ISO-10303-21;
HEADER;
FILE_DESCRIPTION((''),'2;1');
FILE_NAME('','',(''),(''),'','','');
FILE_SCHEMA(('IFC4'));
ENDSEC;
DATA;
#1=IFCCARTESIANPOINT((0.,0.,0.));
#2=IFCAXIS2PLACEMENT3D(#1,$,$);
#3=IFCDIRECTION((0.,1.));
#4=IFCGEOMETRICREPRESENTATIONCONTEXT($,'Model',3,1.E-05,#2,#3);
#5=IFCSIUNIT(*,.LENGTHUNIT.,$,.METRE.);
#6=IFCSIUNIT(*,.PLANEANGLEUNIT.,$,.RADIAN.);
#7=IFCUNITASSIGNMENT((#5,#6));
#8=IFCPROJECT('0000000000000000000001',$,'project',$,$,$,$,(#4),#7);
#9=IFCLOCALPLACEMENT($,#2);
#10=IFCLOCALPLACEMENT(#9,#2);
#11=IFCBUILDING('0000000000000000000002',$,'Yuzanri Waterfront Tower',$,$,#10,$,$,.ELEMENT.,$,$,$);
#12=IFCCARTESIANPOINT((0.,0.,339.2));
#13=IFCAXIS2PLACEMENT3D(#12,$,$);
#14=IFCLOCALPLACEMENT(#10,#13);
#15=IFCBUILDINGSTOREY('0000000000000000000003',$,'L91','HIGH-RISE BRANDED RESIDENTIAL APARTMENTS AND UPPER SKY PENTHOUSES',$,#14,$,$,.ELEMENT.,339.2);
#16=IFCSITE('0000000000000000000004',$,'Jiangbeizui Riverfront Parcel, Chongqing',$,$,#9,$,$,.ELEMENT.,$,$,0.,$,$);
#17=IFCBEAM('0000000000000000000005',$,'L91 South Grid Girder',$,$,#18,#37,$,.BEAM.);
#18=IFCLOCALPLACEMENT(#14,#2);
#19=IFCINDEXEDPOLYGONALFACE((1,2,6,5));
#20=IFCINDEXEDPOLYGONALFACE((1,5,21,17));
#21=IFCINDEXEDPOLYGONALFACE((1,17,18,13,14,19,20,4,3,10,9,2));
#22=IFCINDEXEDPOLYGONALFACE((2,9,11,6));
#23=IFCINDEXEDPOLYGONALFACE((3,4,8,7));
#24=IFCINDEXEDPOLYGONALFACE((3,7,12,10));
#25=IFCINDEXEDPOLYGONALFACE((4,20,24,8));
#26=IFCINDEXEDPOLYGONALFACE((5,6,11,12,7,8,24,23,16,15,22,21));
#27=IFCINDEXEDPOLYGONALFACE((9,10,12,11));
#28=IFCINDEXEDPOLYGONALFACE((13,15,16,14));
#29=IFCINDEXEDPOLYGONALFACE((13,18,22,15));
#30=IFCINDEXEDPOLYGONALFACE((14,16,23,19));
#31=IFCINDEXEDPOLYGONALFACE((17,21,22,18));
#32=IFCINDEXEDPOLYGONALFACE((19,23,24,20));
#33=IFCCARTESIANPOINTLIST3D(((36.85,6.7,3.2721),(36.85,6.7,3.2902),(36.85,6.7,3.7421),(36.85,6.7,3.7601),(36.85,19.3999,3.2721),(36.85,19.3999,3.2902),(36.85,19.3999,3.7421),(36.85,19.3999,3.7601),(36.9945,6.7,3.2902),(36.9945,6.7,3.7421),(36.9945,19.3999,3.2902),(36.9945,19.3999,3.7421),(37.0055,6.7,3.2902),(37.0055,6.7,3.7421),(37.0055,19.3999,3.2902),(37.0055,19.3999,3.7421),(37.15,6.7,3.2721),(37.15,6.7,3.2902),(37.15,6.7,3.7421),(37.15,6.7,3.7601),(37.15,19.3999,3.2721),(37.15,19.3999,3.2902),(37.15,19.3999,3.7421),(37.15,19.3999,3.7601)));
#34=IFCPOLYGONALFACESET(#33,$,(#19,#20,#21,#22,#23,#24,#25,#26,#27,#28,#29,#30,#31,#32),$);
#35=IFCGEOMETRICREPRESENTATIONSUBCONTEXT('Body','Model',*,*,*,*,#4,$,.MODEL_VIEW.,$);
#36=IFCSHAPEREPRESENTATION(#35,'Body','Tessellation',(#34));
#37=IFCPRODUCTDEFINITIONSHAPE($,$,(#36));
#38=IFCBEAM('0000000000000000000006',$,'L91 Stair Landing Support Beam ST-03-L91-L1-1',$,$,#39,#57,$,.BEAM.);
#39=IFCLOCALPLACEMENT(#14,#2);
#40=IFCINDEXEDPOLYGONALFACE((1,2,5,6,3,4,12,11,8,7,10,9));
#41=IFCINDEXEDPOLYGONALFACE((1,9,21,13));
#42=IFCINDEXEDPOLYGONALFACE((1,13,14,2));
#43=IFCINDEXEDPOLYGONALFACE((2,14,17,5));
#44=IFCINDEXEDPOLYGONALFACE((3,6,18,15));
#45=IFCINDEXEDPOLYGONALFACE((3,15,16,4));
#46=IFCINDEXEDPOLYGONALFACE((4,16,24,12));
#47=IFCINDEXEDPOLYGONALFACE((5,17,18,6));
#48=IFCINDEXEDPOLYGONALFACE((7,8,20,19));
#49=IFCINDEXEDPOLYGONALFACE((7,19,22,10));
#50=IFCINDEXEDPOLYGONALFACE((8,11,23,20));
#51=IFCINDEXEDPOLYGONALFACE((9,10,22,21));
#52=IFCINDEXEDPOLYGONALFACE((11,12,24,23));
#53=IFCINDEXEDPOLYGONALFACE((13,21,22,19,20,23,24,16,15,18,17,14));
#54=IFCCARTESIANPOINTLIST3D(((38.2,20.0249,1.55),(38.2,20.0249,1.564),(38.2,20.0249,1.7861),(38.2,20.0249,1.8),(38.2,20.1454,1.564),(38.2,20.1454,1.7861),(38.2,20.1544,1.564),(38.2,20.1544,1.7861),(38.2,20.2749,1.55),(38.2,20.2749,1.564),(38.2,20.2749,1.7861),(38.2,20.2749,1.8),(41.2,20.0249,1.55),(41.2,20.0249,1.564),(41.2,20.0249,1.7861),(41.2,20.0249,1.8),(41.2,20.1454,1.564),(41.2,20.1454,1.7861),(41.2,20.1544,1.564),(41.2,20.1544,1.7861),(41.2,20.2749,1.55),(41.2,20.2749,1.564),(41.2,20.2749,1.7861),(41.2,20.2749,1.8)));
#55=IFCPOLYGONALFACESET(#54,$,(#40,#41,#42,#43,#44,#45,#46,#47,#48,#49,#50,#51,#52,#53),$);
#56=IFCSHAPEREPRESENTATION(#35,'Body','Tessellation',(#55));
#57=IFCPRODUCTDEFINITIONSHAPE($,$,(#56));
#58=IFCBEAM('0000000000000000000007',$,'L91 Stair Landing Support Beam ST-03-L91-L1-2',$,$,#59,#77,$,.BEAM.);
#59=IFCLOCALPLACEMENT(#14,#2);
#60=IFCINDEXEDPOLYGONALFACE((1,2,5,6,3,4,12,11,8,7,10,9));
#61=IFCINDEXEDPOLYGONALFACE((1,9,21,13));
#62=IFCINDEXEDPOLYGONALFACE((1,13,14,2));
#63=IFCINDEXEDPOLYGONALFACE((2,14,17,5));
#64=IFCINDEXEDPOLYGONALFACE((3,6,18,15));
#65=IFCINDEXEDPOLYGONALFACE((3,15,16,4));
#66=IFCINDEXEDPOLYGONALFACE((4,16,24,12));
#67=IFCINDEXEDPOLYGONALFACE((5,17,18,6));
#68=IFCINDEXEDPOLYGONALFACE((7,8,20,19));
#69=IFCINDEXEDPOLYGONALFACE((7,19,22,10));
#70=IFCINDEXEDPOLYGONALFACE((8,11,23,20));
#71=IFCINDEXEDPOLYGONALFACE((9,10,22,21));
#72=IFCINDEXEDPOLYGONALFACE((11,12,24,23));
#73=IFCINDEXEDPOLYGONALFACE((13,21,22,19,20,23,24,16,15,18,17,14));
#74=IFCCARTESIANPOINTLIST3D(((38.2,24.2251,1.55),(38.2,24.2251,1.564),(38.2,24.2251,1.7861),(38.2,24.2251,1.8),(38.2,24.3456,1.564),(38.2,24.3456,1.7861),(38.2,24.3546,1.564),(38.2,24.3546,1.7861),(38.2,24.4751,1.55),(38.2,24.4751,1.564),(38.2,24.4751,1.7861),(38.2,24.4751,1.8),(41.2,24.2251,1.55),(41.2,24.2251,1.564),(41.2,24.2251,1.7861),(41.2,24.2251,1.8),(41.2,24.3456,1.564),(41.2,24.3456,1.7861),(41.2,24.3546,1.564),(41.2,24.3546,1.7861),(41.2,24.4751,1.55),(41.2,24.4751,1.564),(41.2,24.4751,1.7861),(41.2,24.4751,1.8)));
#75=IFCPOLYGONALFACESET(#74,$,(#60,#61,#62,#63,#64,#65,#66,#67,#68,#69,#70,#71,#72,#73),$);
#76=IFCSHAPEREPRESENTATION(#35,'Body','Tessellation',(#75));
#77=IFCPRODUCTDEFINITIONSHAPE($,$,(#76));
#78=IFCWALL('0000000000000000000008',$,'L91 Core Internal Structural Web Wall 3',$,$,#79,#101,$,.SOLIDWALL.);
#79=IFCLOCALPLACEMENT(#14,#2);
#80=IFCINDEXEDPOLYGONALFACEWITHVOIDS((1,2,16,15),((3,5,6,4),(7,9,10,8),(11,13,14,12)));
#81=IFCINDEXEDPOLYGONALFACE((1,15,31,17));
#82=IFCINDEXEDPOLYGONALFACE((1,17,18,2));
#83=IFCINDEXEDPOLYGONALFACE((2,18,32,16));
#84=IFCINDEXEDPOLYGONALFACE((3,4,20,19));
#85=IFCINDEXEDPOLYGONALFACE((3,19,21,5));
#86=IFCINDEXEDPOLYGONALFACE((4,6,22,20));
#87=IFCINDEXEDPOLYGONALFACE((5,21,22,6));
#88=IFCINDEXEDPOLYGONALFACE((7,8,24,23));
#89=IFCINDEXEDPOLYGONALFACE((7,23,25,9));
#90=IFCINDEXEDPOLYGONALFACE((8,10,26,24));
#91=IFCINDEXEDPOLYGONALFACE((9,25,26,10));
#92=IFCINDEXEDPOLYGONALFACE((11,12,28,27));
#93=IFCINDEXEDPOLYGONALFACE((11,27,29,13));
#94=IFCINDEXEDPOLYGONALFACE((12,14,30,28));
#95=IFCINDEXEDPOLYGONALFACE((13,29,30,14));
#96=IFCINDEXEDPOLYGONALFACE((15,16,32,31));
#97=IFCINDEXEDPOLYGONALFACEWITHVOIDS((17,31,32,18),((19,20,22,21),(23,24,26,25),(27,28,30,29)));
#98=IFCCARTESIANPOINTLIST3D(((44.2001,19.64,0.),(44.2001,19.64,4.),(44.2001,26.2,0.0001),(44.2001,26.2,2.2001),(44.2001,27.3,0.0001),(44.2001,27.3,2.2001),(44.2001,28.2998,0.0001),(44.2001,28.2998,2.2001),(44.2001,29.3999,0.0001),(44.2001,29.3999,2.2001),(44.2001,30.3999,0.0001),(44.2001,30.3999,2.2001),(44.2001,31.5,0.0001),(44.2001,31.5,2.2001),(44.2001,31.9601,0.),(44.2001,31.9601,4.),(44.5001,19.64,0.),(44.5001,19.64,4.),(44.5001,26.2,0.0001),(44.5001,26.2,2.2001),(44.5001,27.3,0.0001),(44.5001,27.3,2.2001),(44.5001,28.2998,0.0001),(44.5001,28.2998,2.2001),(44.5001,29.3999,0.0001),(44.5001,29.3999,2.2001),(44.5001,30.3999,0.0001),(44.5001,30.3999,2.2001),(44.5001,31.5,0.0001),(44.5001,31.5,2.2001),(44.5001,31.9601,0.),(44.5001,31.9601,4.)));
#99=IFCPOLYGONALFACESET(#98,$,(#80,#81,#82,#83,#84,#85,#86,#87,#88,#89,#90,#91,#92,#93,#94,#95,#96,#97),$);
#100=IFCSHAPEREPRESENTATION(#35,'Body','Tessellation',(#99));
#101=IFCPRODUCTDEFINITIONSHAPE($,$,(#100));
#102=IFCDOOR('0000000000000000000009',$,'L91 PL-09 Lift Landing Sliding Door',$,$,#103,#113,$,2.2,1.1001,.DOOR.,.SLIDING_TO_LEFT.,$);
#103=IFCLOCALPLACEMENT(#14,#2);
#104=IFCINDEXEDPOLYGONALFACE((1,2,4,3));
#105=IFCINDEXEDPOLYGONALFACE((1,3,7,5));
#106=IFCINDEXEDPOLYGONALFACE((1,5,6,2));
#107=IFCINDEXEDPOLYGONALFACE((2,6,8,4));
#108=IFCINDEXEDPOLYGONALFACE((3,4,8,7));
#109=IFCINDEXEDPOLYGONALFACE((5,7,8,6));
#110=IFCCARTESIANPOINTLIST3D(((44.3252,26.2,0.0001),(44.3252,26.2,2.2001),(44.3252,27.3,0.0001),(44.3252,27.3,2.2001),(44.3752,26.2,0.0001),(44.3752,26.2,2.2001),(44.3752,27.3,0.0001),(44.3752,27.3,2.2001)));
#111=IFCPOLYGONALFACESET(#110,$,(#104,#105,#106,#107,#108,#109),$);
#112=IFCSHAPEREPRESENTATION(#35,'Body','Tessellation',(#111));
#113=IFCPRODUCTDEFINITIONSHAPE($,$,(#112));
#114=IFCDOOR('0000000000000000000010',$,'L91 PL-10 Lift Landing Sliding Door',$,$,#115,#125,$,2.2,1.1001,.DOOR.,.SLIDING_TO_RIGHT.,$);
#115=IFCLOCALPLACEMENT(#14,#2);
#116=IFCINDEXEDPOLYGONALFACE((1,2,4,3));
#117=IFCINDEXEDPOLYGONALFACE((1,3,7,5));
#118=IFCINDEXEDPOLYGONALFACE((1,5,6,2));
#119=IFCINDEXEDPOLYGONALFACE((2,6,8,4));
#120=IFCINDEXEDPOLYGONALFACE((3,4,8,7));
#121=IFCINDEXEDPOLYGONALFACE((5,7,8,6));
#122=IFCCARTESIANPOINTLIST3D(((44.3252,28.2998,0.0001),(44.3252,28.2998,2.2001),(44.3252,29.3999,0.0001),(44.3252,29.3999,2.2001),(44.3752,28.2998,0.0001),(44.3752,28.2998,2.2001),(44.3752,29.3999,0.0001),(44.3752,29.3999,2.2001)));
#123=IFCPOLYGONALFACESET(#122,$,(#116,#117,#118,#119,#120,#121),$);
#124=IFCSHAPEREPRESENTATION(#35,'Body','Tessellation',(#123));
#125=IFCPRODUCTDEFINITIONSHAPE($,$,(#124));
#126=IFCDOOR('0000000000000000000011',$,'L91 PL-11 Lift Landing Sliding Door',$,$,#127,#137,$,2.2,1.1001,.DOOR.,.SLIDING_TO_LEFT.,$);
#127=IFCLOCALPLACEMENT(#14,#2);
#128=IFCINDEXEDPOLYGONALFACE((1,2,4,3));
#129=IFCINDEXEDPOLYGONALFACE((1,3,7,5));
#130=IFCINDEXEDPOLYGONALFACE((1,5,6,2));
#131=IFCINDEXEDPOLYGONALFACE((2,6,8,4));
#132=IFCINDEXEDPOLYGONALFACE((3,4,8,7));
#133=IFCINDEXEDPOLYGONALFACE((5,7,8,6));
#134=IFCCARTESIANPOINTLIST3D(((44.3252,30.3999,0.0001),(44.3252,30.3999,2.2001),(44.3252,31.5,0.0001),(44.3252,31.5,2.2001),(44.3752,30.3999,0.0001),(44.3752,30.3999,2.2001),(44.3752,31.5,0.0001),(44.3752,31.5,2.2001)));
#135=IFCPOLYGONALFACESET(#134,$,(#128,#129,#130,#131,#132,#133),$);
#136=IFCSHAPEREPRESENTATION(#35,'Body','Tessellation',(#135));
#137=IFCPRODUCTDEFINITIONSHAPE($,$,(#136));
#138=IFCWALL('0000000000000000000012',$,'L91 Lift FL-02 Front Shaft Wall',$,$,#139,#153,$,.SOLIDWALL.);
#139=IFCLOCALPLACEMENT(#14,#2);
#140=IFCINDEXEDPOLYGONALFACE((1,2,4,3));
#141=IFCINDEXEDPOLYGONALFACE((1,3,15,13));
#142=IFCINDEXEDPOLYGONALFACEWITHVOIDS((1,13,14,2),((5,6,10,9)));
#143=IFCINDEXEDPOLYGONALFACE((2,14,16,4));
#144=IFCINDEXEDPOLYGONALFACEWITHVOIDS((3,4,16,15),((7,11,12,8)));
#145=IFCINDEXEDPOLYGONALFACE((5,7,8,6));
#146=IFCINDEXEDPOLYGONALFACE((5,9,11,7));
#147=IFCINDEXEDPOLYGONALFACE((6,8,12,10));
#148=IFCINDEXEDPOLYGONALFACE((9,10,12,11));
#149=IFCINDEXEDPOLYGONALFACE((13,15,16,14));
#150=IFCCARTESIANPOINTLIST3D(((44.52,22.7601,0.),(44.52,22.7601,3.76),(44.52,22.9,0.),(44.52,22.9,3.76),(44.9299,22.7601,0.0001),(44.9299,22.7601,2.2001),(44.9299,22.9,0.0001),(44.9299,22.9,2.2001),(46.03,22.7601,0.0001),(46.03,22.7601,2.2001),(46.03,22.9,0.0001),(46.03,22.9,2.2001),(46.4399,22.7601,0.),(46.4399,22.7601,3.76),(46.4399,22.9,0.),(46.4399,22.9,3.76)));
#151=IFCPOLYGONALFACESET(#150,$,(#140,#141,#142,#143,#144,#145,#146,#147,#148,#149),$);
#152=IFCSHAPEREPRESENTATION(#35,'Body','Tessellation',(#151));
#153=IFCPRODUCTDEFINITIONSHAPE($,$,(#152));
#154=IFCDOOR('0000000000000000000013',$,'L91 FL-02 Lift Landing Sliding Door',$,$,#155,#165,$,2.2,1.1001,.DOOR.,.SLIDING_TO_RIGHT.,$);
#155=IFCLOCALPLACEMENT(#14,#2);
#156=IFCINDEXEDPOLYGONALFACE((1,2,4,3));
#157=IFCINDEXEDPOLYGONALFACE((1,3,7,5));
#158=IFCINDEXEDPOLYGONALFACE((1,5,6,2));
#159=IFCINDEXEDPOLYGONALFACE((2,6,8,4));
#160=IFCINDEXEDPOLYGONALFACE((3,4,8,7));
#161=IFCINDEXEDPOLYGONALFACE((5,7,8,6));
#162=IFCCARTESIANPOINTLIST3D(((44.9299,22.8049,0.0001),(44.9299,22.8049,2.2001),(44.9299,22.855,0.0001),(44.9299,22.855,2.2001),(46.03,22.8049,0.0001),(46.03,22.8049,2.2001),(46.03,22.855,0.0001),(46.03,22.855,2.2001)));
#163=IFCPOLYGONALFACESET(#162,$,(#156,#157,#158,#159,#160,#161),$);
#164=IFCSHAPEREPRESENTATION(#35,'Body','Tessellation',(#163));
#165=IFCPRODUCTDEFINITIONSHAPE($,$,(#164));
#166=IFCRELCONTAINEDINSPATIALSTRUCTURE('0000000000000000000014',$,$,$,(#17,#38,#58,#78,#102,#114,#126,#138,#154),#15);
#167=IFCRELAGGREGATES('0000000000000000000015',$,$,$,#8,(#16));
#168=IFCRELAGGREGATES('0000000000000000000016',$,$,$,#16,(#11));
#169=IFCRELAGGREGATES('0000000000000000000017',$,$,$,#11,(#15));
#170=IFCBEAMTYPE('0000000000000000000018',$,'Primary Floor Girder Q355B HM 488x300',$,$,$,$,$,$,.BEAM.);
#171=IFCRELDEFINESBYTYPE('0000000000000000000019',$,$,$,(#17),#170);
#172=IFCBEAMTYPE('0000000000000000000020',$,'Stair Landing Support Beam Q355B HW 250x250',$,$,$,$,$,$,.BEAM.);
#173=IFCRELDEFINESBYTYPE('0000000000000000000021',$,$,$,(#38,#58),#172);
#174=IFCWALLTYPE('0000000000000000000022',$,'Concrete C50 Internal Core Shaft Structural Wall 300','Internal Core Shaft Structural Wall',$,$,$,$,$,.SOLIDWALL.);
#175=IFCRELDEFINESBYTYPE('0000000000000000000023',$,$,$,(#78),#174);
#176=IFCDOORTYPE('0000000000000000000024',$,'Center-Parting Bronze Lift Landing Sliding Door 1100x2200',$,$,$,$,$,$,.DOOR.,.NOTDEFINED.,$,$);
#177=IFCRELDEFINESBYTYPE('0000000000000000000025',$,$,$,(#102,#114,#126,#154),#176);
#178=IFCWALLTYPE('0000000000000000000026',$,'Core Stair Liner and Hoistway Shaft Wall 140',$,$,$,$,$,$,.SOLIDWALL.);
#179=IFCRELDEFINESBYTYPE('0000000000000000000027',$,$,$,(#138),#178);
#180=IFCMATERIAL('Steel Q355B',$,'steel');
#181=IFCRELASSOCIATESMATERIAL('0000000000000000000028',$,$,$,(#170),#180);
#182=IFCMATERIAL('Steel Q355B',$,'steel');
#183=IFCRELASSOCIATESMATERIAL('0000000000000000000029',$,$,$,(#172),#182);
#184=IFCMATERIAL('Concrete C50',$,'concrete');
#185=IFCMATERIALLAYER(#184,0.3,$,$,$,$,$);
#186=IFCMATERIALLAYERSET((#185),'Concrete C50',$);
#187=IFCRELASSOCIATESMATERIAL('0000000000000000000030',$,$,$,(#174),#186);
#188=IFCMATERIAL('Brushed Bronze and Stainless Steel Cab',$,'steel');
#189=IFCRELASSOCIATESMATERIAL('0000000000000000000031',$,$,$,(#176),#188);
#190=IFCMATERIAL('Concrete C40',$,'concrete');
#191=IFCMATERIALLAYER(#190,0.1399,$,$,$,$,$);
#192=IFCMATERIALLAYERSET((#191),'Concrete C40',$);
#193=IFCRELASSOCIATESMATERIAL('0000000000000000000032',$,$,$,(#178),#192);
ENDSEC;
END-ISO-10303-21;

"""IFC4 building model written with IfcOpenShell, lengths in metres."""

from ifc_helpers import new_model, si_unit, direction, frame, frame_2d, origin, origin_2d, place, context, subcontext, project, spatial, rectangle, i_section, extrude, source, transform, mapped, material, layer, layer_set, material_profile, profile_set, type_object, element, fill, save


model = new_model("IFC4")

# Units and contexts
model_context = context("Model", 3, precision=1e-05, world=origin(), true_north=direction((0.0, 1.0)))
body_context = subcontext(model_context, "Body", "Model", "MODEL_VIEW")
ifc_project = project(units=[si_unit("LENGTHUNIT", "METRE"), si_unit("PLANEANGLEUNIT", "RADIAN")], contexts=[model_context])

# Site, building, storey
site_placement = place(None, origin())
site = spatial("IfcSite", under=ifc_project, at=site_placement, Name="Jiangbeizui Riverfront Parcel, Chongqing", CompositionType="ELEMENT", RefElevation=0.0)
building_placement = place(site_placement, origin())
building = spatial("IfcBuilding", under=site, at=building_placement, Name="Yuzanri Waterfront Tower", CompositionType="ELEMENT")
storey_placement = place(building_placement, frame((0.0, 0.0, 339.2)))
storey = spatial("IfcBuildingStorey", under=building, at=storey_placement, Name="L91", Description="HIGH-RISE BRANDED RESIDENTIAL APARTMENTS AND UPPER SKY PENTHOUSES", CompositionType="ELEMENT", Elevation=339.2)

# Beams
ifc_material_1 = material(Name="Steel Q355B", Category="steel")
ifc_material_profile_1 = material_profile(ifc_material_1, i_section(OverallWidth=0.3, OverallDepth=0.488, WebThickness=0.011, FlangeThickness=0.0181, at=origin_2d()), Name="HM 488x300x11x18")
ifc_profile_set_1 = profile_set([ifc_material_profile_1], Name="Steel Q355B")
beam_type_1 = type_object("IfcBeamType", Name="Primary Floor Girder Q355B HM 488x300", PredefinedType="BEAM", material=ifc_profile_set_1)
shared_shape_1 = source(origin(), body_context, "Body", "SweptSolid", [
    extrude(i_section(OverallWidth=0.3, OverallDepth=0.488, WebThickness=0.011, FlangeThickness=0.0181, at=origin_2d()), origin(), (0.0, 0.0, 1.0), 12.7),
])
beam_placement = place(storey_placement, frame((37.0, 19.3999, 3.5161), z_axis=(0.0, -1.0, 0.0), x_axis=(1.0, 0.0, 0.0)))
element("IfcBeam", 1, at=beam_placement, inside=storey, type_object=beam_type_1, Name="L91 South Grid Girder", PredefinedType="BEAM", context=body_context, shape_type="MappedRepresentation", body=[
    mapped(shared_shape_1, transform((0.0, 0.0, 0.0), scale=1.0)),
])
ifc_material_2 = material(Name="Steel Q355B", Category="steel")
ifc_material_profile_2 = material_profile(ifc_material_2, i_section(OverallWidth=0.25, OverallDepth=0.25, WebThickness=0.009, FlangeThickness=0.0139, at=origin_2d()), Name="HW 250x250x9x14")
ifc_profile_set_2 = profile_set([ifc_material_profile_2], Name="Steel Q355B")
beam_type_2 = type_object("IfcBeamType", Name="Stair Landing Support Beam Q355B HW 250x250", PredefinedType="BEAM", material=ifc_profile_set_2)
shared_shape_2 = source(origin(), body_context, "Body", "SweptSolid", [
    extrude(i_section(OverallWidth=0.25, OverallDepth=0.25, WebThickness=0.009, FlangeThickness=0.0139, at=origin_2d()), origin(), (0.0, 0.0, 1.0), 3.0),
])
for number, where, z_axis, x_axis, name in (
    (2, (38.2, 20.1499, 1.675), (1.0, 0.0, 0.0), (0.0, 1.0, 0.0), "L91 Stair Landing Support Beam ST-03-L91-L1-1"),
    (3, (38.2, 24.3501, 1.675), (1.0, 0.0, 0.0), (0.0, 1.0, 0.0), "L91 Stair Landing Support Beam ST-03-L91-L1-2"),
):
    element("IfcBeam", number, at=place(storey_placement, frame(where, z_axis=z_axis, x_axis=x_axis)), inside=storey, type_object=beam_type_2, Name=name, PredefinedType="BEAM", context=body_context, shape_type="MappedRepresentation", body=[
        mapped(shared_shape_2, transform((0.0, 0.0, 0.0), scale=1.0)),
    ])

# Wall, openings, doors
ifc_material_3 = material(Name="Concrete C50", Category="concrete")
ifc_layer_1 = layer(ifc_material_3, 0.3)
ifc_layer_set_1 = layer_set([ifc_layer_1], Name="Concrete C50")
wall_type_1 = type_object("IfcWallType", Name="Concrete C50 Internal Core Shaft Structural Wall 300", Description="Internal Core Shaft Structural Wall", PredefinedType="SOLIDWALL", material=ifc_layer_set_1)
wall_1_placement = place(storey_placement, frame((44.3501, 19.6399, 0.0), z_axis=(0.0, 0.0, 1.0), x_axis=(0.0, 1.0, 0.0)))
wall_1 = element("IfcWall", 4, at=wall_1_placement, inside=storey, type_object=wall_type_1, Name="L91 Core Internal Structural Web Wall 3", PredefinedType="SOLIDWALL", context=body_context, shape_type="SweptSolid", body=[
    extrude(rectangle(XDim=12.3201, YDim=0.3, at=frame_2d((6.1602, 0.0))), origin(), (0.0, 0.0, 1.0), 4.0),
])
opening_1_placement = place(wall_1_placement, frame((6.5601, 0.0, 0.0)))
opening_1 = element("IfcOpeningElement", 5, at=opening_1_placement, cuts=wall_1, PredefinedType="OPENING", context=body_context, shape_type="SweptSolid", body=[
    extrude(rectangle(XDim=1.1001, YDim=2.2, at=frame_2d((0.55, 1.1001))), frame((0.0, 0.165, 0.0), z_axis=(0.0, -1.0, 0.0), x_axis=(1.0, 0.0, 0.0)), (0.0, 0.0, 1.0), 0.3298),
])
opening_2_placement = place(wall_1_placement, frame((8.6599, 0.0, 0.0)))
opening_2 = element("IfcOpeningElement", 6, at=opening_2_placement, cuts=wall_1, PredefinedType="OPENING", context=body_context, shape_type="SweptSolid", body=[
    extrude(rectangle(XDim=1.1001, YDim=2.2, at=frame_2d((0.55, 1.1001))), frame((0.0, 0.165, 0.0), z_axis=(0.0, -1.0, 0.0), x_axis=(1.0, 0.0, 0.0)), (0.0, 0.0, 1.0), 0.3298),
])
opening_3_placement = place(wall_1_placement, frame((10.76, 0.0, 0.0)))
opening_3 = element("IfcOpeningElement", 7, at=opening_3_placement, cuts=wall_1, PredefinedType="OPENING", context=body_context, shape_type="SweptSolid", body=[
    extrude(rectangle(XDim=1.1001, YDim=2.2, at=frame_2d((0.55, 1.1001))), frame((0.0, 0.165, 0.0), z_axis=(0.0, -1.0, 0.0), x_axis=(1.0, 0.0, 0.0)), (0.0, 0.0, 1.0), 0.3298),
])
ifc_material_4 = material(Name="Brushed Bronze and Stainless Steel Cab", Category="steel")
door_type_1 = type_object("IfcDoorType", Name="Center-Parting Bronze Lift Landing Sliding Door 1100x2200", OperationType="NOTDEFINED", PredefinedType="DOOR", material=ifc_material_4)
shared_shape_3 = source(origin(), body_context, "Body", "SweptSolid", [
    extrude(rectangle(XDim=1.1001, YDim=2.2, at=frame_2d((0.55, 1.1001))), frame((0.0, 0.0249, 0.0), z_axis=(0.0, -1.0, 0.0), x_axis=(1.0, 0.0, 0.0)), (0.0, 0.0, 1.0), 0.05),
])
door_1_placement = place(opening_1_placement, origin())
door_1 = element("IfcDoor", 8, at=door_1_placement, inside=storey, type_object=door_type_1, Name="L91 PL-09 Lift Landing Sliding Door", OperationType="SLIDING_TO_LEFT", OverallHeight=2.2, OverallWidth=1.1001, PredefinedType="DOOR", context=body_context, shape_type="MappedRepresentation", body=[
    mapped(shared_shape_3, transform((0.0, 0.0, 0.0), scale=1.0)),
])
fill(opening_1, door_1)
door_2_placement = place(opening_2_placement, origin())
door_2 = element("IfcDoor", 9, at=door_2_placement, inside=storey, type_object=door_type_1, Name="L91 PL-10 Lift Landing Sliding Door", OperationType="SLIDING_TO_RIGHT", OverallHeight=2.2, OverallWidth=1.1001, PredefinedType="DOOR", context=body_context, shape_type="MappedRepresentation", body=[
    mapped(shared_shape_3, transform((0.0, 0.0, 0.0), scale=1.0)),
])
fill(opening_2, door_2)
door_3_placement = place(opening_3_placement, origin())
door_3 = element("IfcDoor", 10, at=door_3_placement, inside=storey, type_object=door_type_1, Name="L91 PL-11 Lift Landing Sliding Door", OperationType="SLIDING_TO_LEFT", OverallHeight=2.2, OverallWidth=1.1001, PredefinedType="DOOR", context=body_context, shape_type="MappedRepresentation", body=[
    mapped(shared_shape_3, transform((0.0, 0.0, 0.0), scale=1.0)),
])
fill(opening_3, door_3)

# Wall, opening, door
ifc_material_5 = material(Name="Concrete C40", Category="concrete")
ifc_layer_2 = layer(ifc_material_5, 0.1399)
ifc_layer_set_2 = layer_set([ifc_layer_2], Name="Concrete C40")
wall_type_2 = type_object("IfcWallType", Name="Core Stair Liner and Hoistway Shaft Wall 140", PredefinedType="SOLIDWALL", material=ifc_layer_set_2)
wall_2_placement = place(storey_placement, frame((44.52, 22.8301, 0.0), z_axis=(0.0, 0.0, 1.0), x_axis=(1.0, 0.0, 0.0)))
wall_2 = element("IfcWall", 11, at=wall_2_placement, inside=storey, type_object=wall_type_2, Name="L91 Lift FL-02 Front Shaft Wall", PredefinedType="SOLIDWALL", context=body_context, shape_type="SweptSolid", body=[
    extrude(rectangle(XDim=1.9199, YDim=0.1399, at=frame_2d((0.96, 0.0))), origin(), (0.0, 0.0, 1.0), 3.76),
])
opening_4_placement = place(wall_2_placement, frame((0.4099, 0.0, 0.0)))
opening_4 = element("IfcOpeningElement", 12, at=opening_4_placement, cuts=wall_2, PredefinedType="OPENING", context=body_context, shape_type="SweptSolid", body=[
    extrude(rectangle(XDim=1.1001, YDim=2.2, at=frame_2d((0.55, 1.1001))), frame((0.0, 0.085, 0.0), z_axis=(0.0, -1.0, 0.0), x_axis=(1.0, 0.0, 0.0)), (0.0, 0.0, 1.0), 0.1697),
])
door_4_placement = place(opening_4_placement, origin())
door_4 = element("IfcDoor", 13, at=door_4_placement, inside=storey, type_object=door_type_1, Name="L91 FL-02 Lift Landing Sliding Door", OperationType="SLIDING_TO_RIGHT", OverallHeight=2.2, OverallWidth=1.1001, PredefinedType="DOOR", context=body_context, shape_type="MappedRepresentation", body=[
    mapped(shared_shape_3, transform((0.0, 0.0, 0.0), scale=1.0)),
])
fill(opening_4, door_4)

save(model, "model.ifc")
